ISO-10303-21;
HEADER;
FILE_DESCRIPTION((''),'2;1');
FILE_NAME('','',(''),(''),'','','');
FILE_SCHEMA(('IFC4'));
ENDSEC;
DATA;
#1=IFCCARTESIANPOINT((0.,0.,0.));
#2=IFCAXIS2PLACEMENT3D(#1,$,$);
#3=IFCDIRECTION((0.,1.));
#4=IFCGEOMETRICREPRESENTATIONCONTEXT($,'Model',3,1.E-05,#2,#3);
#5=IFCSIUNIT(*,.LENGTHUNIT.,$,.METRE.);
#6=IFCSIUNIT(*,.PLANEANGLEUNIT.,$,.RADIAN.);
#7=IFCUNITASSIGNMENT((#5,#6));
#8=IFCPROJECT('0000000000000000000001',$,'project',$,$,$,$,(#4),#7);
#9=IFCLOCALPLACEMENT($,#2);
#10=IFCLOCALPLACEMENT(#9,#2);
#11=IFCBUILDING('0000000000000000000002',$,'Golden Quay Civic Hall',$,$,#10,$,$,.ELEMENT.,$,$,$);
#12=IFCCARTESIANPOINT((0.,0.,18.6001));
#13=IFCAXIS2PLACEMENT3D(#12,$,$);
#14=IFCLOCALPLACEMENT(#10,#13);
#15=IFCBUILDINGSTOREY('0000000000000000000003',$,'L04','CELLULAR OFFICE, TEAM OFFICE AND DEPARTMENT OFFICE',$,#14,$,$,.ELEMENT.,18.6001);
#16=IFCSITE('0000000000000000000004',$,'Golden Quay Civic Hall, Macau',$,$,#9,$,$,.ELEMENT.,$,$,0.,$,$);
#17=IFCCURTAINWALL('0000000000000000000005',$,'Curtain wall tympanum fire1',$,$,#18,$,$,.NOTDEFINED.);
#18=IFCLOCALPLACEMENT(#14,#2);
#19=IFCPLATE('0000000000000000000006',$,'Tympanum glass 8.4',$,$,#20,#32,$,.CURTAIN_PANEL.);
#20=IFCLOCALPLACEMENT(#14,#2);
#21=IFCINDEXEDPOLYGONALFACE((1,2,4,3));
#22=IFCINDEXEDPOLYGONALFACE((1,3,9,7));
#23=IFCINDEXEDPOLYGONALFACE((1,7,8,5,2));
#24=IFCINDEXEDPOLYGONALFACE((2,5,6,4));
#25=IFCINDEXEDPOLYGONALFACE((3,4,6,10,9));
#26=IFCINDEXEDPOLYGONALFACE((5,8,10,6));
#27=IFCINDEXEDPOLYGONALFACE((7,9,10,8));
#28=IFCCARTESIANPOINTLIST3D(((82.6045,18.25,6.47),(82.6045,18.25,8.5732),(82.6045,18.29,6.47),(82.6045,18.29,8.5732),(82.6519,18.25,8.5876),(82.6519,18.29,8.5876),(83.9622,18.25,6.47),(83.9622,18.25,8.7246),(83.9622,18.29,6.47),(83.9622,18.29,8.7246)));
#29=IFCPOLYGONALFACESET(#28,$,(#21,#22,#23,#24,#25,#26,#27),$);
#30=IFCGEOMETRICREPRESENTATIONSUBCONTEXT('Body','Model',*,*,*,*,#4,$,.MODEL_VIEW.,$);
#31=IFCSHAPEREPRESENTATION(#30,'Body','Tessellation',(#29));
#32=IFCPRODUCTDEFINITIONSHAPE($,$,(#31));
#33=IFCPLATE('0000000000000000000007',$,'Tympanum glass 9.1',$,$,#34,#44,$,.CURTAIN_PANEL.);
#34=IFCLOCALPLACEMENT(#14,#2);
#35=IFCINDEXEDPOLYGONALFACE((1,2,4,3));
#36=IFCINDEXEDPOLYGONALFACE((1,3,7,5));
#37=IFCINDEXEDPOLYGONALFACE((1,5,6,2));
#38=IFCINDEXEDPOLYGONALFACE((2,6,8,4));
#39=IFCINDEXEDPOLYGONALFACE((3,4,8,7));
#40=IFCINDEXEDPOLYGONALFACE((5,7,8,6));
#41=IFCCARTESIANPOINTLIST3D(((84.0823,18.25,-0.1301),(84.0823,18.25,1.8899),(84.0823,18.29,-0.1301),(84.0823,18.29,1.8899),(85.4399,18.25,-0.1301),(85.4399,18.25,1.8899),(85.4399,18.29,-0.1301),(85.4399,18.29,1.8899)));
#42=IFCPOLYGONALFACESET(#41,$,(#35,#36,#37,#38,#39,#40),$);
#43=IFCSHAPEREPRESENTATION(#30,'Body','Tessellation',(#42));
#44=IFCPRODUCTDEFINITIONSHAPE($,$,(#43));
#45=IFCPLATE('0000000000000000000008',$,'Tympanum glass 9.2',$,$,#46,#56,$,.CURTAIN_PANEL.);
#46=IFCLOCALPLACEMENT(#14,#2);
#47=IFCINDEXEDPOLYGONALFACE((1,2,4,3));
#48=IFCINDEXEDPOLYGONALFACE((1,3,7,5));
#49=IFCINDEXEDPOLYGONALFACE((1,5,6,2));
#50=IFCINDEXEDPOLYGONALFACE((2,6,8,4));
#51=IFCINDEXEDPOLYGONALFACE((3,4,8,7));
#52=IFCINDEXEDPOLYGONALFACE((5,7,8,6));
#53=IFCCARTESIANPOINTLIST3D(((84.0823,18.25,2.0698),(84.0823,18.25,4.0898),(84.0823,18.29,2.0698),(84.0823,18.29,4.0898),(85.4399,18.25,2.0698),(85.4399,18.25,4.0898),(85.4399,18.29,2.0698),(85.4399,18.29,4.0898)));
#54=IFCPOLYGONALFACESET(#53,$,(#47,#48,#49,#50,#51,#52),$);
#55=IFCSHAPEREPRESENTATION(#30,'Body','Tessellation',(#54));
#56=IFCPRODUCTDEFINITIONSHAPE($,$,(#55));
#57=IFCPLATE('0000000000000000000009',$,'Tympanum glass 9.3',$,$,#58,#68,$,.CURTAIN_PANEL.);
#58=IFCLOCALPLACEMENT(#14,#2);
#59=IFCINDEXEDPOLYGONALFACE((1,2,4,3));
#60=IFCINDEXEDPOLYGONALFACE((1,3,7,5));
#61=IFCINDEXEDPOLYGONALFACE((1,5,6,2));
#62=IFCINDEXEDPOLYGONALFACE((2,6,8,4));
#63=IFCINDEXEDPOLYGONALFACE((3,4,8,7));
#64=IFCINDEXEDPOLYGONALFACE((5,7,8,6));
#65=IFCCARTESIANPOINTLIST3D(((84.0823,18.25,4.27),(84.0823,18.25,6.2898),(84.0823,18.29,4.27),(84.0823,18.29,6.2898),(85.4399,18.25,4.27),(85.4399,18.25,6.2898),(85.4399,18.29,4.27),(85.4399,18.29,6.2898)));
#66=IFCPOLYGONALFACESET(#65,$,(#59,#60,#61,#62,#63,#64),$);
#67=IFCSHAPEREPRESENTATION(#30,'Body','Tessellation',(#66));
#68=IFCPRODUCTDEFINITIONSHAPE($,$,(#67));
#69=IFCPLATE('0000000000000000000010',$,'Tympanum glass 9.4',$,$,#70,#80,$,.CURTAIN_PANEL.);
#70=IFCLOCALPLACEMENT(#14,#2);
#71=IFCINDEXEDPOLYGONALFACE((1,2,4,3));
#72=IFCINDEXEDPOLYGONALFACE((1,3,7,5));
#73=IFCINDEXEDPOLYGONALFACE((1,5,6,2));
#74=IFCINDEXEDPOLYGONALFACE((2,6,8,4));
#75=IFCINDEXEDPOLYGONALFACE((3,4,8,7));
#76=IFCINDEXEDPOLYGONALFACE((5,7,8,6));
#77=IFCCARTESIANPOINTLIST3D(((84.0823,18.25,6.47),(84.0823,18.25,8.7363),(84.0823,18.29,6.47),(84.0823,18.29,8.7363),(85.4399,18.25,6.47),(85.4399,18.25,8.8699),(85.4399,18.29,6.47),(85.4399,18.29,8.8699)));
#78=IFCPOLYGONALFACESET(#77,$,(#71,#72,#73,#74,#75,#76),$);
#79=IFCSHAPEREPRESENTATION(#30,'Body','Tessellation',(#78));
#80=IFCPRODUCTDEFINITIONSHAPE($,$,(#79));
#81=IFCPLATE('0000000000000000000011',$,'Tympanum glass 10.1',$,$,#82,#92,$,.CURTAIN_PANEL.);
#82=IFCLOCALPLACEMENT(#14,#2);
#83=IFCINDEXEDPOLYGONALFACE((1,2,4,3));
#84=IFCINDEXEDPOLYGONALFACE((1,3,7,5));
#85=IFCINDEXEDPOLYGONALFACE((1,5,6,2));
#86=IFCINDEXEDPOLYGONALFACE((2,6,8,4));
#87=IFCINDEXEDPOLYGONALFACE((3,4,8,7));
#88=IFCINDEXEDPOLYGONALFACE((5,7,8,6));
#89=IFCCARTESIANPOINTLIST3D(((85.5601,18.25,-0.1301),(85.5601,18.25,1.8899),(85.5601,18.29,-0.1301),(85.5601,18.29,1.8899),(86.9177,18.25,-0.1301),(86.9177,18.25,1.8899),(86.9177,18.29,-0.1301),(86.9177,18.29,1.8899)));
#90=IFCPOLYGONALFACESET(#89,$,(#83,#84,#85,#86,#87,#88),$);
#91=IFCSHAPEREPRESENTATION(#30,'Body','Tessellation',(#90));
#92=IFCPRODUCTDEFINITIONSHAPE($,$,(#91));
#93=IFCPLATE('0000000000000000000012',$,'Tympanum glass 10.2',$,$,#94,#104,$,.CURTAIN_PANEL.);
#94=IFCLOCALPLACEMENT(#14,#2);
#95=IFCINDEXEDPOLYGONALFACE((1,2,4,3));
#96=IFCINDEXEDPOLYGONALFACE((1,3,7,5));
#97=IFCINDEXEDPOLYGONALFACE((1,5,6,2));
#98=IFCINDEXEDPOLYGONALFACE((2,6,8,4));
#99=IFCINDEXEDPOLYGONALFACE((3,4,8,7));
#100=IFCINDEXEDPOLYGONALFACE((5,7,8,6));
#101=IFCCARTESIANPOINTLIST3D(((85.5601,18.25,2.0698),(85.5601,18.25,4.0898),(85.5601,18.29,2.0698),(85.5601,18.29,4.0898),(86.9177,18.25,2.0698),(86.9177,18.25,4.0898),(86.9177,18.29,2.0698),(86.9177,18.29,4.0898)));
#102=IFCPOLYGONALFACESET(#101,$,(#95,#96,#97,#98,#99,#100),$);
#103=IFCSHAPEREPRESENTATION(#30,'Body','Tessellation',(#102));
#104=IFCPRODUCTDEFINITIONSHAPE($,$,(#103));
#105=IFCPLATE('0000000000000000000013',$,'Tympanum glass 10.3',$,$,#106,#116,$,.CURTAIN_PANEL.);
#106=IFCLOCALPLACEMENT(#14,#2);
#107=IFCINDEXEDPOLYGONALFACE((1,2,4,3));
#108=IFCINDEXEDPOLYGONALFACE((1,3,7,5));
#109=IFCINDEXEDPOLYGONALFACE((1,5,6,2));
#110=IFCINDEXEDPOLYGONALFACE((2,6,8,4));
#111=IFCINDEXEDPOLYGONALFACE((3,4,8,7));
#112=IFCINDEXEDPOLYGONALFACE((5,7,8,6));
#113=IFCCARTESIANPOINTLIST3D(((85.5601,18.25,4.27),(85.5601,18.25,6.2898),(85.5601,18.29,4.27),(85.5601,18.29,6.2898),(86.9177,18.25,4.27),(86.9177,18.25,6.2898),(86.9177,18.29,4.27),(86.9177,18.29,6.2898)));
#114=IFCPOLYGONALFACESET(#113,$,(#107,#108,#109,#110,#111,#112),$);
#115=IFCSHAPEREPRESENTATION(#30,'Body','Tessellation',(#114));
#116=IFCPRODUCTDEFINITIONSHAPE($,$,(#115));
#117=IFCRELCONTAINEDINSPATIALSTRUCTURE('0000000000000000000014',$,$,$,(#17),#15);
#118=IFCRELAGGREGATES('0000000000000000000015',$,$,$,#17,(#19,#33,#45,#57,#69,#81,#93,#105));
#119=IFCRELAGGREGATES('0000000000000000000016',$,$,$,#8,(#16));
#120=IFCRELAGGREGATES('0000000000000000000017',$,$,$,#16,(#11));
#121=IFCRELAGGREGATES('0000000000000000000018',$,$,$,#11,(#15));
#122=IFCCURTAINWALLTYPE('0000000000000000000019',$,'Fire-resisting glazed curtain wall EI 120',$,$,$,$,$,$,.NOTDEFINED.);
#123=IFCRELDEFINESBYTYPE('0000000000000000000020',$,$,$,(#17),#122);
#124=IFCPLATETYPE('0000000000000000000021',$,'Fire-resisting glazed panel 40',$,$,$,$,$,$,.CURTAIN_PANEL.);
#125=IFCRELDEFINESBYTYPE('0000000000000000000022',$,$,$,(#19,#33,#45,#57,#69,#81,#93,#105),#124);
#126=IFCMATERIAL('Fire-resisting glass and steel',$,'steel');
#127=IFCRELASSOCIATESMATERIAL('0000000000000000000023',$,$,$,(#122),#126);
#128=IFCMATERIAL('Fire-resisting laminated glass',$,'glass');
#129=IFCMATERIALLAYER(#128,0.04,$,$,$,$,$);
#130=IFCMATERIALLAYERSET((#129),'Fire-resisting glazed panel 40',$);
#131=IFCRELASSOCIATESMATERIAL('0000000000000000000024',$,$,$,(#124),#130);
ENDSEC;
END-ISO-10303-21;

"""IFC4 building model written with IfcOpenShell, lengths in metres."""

from ifc_helpers import new_model, si_unit, direction, frame, origin, place, context, subcontext, project, spatial, polyline, outline, extrude, material, layer, layer_set, type_object, element, aggregate, save


model = new_model("IFC4")

# Units and contexts
model_context = context("Model", 3, precision=1e-05, world=origin(), true_north=direction((0.0, 1.0)))
body_context = subcontext(model_context, "Body", "Model", "MODEL_VIEW")
ifc_project = project(units=[si_unit("LENGTHUNIT", "METRE"), si_unit("PLANEANGLEUNIT", "RADIAN")], contexts=[model_context])

# Site, building, storey
site_placement = place(None, origin())
site = spatial("IfcSite", under=ifc_project, at=site_placement, Name="Golden Quay Civic Hall, Macau", CompositionType="ELEMENT", RefElevation=0.0)
building_placement = place(site_placement, origin())
building = spatial("IfcBuilding", under=site, at=building_placement, Name="Golden Quay Civic Hall", CompositionType="ELEMENT")
storey_placement = place(building_placement, frame((0.0, 0.0, 18.6001)))
storey = spatial("IfcBuildingStorey", under=building, at=storey_placement, Name="L04", Description="CELLULAR OFFICE, TEAM OFFICE AND DEPARTMENT OFFICE", CompositionType="ELEMENT", Elevation=18.6001)

# Curtain wall, plates
ifc_material_1 = material(Name="Fire-resisting glass and steel", Category="steel")
curtain_wall_type = type_object("IfcCurtainWallType", Name="Fire-resisting glazed curtain wall EI 120", PredefinedType="NOTDEFINED", material=ifc_material_1)
curtain_wall_placement = place(storey_placement, origin())
curtain_wall = element("IfcCurtainWall", 1, at=curtain_wall_placement, inside=storey, type_object=curtain_wall_type, Name="Curtain wall tympanum fire1", PredefinedType="NOTDEFINED")
ifc_material_2 = material(Name="Fire-resisting laminated glass", Category="glass")
ifc_layer = layer(ifc_material_2, 0.04)
ifc_layer_set = layer_set([ifc_layer], Name="Fire-resisting glazed panel 40")
plate_type = type_object("IfcPlateType", Name="Fire-resisting glazed panel 40", PredefinedType="CURTAIN_PANEL", material=ifc_layer_set)
plate_1_placement = place(storey_placement, frame((83.9622, 18.29, 6.47), z_axis=(0.0, 1.0, 0.0), x_axis=(-1.0, 0.0, 0.0)))
plate_1 = element("IfcPlate", 2, at=plate_1_placement, type_object=plate_type, Name="Tympanum glass 8.4", PredefinedType="CURTAIN_PANEL", context=body_context, shape_type="SweptSolid", body=[
    extrude(outline(polyline([(0.0, 0.0), (1.3577, 0.0), (1.3577, 2.1033), (1.3103, 2.1177), (0.0, 2.2546), (0.0, 0.0)])), origin(), (0.0, 0.0, -1.0), 0.04),
])
plate_2_placement = place(storey_placement, frame((85.4399, 18.29, -0.1301), z_axis=(0.0, 1.0, 0.0), x_axis=(-1.0, 0.0, 0.0)))
plate_2 = element("IfcPlate", 3, at=plate_2_placement, type_object=plate_type, Name="Tympanum glass 9.1", PredefinedType="CURTAIN_PANEL", context=body_context, shape_type="SweptSolid", body=[
    extrude(outline(polyline([(0.0, 0.0), (1.3577, 0.0), (1.3577, 2.02), (0.0, 2.02), (0.0, 0.0)])), origin(), (0.0, 0.0, -1.0), 0.04),
])
plate_3_placement = place(storey_placement, frame((85.4399, 18.29, 2.0698), z_axis=(0.0, 1.0, 0.0), x_axis=(-1.0, 0.0, 0.0)))
plate_3 = element("IfcPlate", 4, at=plate_3_placement, type_object=plate_type, Name="Tympanum glass 9.2", PredefinedType="CURTAIN_PANEL", context=body_context, shape_type="SweptSolid", body=[
    extrude(outline(polyline([(0.0, 0.0), (1.3577, 0.0), (1.3577, 2.02), (0.0, 2.02), (0.0, 0.0)])), origin(), (0.0, 0.0, -1.0), 0.04),
])
plate_4_placement = place(storey_placement, frame((85.4399, 18.29, 4.27), z_axis=(0.0, 1.0, 0.0), x_axis=(-1.0, 0.0, 0.0)))
plate_4 = element("IfcPlate", 5, at=plate_4_placement, type_object=plate_type, Name="Tympanum glass 9.3", PredefinedType="CURTAIN_PANEL", context=body_context, shape_type="SweptSolid", body=[
    extrude(outline(polyline([(0.0, 0.0), (1.3577, 0.0), (1.3577, 2.0198), (0.0, 2.0198), (0.0, 0.0)])), origin(), (0.0, 0.0, -1.0), 0.04),
])
plate_5_placement = place(storey_placement, frame((85.4399, 18.29, 6.47), z_axis=(0.0, 1.0, 0.0), x_axis=(-1.0, 0.0, 0.0)))
plate_5 = element("IfcPlate", 6, at=plate_5_placement, type_object=plate_type, Name="Tympanum glass 9.4", PredefinedType="CURTAIN_PANEL", context=body_context, shape_type="SweptSolid", body=[
    extrude(outline(polyline([(0.0, 0.0), (1.3577, 0.0), (1.3577, 2.2664), (0.0, 2.3999), (0.0, 0.0)])), origin(), (0.0, 0.0, -1.0), 0.04),
])
plate_6_placement = place(storey_placement, frame((86.9177, 18.29, -0.1301), z_axis=(0.0, 1.0, 0.0), x_axis=(-1.0, 0.0, 0.0)))
plate_6 = element("IfcPlate", 7, at=plate_6_placement, type_object=plate_type, Name="Tympanum glass 10.1", PredefinedType="CURTAIN_PANEL", context=body_context, shape_type="SweptSolid", body=[
    extrude(outline(polyline([(0.0, 0.0), (1.3577, 0.0), (1.3577, 2.02), (0.0, 2.02), (0.0, 0.0)])), origin(), (0.0, 0.0, -1.0), 0.04),
])
plate_7_placement = place(storey_placement, frame((86.9177, 18.29, 2.0698), z_axis=(0.0, 1.0, 0.0), x_axis=(-1.0, 0.0, 0.0)))
plate_7 = element("IfcPlate", 8, at=plate_7_placement, type_object=plate_type, Name="Tympanum glass 10.2", PredefinedType="CURTAIN_PANEL", context=body_context, shape_type="SweptSolid", body=[
    extrude(outline(polyline([(0.0, 0.0), (1.3577, 0.0), (1.3577, 2.02), (0.0, 2.02), (0.0, 0.0)])), origin(), (0.0, 0.0, -1.0), 0.04),
])
plate_8_placement = place(storey_placement, frame((86.9177, 18.29, 4.27), z_axis=(0.0, 1.0, 0.0), x_axis=(-1.0, 0.0, 0.0)))
plate_8 = element("IfcPlate", 9, at=plate_8_placement, type_object=plate_type, Name="Tympanum glass 10.3", PredefinedType="CURTAIN_PANEL", context=body_context, shape_type="SweptSolid", body=[
    extrude(outline(polyline([(0.0, 0.0), (1.3577, 0.0), (1.3577, 2.0198), (0.0, 2.0198), (0.0, 0.0)])), origin(), (0.0, 0.0, -1.0), 0.04),
])
aggregate(curtain_wall, [plate_1, plate_2, plate_3, plate_4, plate_5, plate_6, plate_7, plate_8])

save(model, "model.ifc")
